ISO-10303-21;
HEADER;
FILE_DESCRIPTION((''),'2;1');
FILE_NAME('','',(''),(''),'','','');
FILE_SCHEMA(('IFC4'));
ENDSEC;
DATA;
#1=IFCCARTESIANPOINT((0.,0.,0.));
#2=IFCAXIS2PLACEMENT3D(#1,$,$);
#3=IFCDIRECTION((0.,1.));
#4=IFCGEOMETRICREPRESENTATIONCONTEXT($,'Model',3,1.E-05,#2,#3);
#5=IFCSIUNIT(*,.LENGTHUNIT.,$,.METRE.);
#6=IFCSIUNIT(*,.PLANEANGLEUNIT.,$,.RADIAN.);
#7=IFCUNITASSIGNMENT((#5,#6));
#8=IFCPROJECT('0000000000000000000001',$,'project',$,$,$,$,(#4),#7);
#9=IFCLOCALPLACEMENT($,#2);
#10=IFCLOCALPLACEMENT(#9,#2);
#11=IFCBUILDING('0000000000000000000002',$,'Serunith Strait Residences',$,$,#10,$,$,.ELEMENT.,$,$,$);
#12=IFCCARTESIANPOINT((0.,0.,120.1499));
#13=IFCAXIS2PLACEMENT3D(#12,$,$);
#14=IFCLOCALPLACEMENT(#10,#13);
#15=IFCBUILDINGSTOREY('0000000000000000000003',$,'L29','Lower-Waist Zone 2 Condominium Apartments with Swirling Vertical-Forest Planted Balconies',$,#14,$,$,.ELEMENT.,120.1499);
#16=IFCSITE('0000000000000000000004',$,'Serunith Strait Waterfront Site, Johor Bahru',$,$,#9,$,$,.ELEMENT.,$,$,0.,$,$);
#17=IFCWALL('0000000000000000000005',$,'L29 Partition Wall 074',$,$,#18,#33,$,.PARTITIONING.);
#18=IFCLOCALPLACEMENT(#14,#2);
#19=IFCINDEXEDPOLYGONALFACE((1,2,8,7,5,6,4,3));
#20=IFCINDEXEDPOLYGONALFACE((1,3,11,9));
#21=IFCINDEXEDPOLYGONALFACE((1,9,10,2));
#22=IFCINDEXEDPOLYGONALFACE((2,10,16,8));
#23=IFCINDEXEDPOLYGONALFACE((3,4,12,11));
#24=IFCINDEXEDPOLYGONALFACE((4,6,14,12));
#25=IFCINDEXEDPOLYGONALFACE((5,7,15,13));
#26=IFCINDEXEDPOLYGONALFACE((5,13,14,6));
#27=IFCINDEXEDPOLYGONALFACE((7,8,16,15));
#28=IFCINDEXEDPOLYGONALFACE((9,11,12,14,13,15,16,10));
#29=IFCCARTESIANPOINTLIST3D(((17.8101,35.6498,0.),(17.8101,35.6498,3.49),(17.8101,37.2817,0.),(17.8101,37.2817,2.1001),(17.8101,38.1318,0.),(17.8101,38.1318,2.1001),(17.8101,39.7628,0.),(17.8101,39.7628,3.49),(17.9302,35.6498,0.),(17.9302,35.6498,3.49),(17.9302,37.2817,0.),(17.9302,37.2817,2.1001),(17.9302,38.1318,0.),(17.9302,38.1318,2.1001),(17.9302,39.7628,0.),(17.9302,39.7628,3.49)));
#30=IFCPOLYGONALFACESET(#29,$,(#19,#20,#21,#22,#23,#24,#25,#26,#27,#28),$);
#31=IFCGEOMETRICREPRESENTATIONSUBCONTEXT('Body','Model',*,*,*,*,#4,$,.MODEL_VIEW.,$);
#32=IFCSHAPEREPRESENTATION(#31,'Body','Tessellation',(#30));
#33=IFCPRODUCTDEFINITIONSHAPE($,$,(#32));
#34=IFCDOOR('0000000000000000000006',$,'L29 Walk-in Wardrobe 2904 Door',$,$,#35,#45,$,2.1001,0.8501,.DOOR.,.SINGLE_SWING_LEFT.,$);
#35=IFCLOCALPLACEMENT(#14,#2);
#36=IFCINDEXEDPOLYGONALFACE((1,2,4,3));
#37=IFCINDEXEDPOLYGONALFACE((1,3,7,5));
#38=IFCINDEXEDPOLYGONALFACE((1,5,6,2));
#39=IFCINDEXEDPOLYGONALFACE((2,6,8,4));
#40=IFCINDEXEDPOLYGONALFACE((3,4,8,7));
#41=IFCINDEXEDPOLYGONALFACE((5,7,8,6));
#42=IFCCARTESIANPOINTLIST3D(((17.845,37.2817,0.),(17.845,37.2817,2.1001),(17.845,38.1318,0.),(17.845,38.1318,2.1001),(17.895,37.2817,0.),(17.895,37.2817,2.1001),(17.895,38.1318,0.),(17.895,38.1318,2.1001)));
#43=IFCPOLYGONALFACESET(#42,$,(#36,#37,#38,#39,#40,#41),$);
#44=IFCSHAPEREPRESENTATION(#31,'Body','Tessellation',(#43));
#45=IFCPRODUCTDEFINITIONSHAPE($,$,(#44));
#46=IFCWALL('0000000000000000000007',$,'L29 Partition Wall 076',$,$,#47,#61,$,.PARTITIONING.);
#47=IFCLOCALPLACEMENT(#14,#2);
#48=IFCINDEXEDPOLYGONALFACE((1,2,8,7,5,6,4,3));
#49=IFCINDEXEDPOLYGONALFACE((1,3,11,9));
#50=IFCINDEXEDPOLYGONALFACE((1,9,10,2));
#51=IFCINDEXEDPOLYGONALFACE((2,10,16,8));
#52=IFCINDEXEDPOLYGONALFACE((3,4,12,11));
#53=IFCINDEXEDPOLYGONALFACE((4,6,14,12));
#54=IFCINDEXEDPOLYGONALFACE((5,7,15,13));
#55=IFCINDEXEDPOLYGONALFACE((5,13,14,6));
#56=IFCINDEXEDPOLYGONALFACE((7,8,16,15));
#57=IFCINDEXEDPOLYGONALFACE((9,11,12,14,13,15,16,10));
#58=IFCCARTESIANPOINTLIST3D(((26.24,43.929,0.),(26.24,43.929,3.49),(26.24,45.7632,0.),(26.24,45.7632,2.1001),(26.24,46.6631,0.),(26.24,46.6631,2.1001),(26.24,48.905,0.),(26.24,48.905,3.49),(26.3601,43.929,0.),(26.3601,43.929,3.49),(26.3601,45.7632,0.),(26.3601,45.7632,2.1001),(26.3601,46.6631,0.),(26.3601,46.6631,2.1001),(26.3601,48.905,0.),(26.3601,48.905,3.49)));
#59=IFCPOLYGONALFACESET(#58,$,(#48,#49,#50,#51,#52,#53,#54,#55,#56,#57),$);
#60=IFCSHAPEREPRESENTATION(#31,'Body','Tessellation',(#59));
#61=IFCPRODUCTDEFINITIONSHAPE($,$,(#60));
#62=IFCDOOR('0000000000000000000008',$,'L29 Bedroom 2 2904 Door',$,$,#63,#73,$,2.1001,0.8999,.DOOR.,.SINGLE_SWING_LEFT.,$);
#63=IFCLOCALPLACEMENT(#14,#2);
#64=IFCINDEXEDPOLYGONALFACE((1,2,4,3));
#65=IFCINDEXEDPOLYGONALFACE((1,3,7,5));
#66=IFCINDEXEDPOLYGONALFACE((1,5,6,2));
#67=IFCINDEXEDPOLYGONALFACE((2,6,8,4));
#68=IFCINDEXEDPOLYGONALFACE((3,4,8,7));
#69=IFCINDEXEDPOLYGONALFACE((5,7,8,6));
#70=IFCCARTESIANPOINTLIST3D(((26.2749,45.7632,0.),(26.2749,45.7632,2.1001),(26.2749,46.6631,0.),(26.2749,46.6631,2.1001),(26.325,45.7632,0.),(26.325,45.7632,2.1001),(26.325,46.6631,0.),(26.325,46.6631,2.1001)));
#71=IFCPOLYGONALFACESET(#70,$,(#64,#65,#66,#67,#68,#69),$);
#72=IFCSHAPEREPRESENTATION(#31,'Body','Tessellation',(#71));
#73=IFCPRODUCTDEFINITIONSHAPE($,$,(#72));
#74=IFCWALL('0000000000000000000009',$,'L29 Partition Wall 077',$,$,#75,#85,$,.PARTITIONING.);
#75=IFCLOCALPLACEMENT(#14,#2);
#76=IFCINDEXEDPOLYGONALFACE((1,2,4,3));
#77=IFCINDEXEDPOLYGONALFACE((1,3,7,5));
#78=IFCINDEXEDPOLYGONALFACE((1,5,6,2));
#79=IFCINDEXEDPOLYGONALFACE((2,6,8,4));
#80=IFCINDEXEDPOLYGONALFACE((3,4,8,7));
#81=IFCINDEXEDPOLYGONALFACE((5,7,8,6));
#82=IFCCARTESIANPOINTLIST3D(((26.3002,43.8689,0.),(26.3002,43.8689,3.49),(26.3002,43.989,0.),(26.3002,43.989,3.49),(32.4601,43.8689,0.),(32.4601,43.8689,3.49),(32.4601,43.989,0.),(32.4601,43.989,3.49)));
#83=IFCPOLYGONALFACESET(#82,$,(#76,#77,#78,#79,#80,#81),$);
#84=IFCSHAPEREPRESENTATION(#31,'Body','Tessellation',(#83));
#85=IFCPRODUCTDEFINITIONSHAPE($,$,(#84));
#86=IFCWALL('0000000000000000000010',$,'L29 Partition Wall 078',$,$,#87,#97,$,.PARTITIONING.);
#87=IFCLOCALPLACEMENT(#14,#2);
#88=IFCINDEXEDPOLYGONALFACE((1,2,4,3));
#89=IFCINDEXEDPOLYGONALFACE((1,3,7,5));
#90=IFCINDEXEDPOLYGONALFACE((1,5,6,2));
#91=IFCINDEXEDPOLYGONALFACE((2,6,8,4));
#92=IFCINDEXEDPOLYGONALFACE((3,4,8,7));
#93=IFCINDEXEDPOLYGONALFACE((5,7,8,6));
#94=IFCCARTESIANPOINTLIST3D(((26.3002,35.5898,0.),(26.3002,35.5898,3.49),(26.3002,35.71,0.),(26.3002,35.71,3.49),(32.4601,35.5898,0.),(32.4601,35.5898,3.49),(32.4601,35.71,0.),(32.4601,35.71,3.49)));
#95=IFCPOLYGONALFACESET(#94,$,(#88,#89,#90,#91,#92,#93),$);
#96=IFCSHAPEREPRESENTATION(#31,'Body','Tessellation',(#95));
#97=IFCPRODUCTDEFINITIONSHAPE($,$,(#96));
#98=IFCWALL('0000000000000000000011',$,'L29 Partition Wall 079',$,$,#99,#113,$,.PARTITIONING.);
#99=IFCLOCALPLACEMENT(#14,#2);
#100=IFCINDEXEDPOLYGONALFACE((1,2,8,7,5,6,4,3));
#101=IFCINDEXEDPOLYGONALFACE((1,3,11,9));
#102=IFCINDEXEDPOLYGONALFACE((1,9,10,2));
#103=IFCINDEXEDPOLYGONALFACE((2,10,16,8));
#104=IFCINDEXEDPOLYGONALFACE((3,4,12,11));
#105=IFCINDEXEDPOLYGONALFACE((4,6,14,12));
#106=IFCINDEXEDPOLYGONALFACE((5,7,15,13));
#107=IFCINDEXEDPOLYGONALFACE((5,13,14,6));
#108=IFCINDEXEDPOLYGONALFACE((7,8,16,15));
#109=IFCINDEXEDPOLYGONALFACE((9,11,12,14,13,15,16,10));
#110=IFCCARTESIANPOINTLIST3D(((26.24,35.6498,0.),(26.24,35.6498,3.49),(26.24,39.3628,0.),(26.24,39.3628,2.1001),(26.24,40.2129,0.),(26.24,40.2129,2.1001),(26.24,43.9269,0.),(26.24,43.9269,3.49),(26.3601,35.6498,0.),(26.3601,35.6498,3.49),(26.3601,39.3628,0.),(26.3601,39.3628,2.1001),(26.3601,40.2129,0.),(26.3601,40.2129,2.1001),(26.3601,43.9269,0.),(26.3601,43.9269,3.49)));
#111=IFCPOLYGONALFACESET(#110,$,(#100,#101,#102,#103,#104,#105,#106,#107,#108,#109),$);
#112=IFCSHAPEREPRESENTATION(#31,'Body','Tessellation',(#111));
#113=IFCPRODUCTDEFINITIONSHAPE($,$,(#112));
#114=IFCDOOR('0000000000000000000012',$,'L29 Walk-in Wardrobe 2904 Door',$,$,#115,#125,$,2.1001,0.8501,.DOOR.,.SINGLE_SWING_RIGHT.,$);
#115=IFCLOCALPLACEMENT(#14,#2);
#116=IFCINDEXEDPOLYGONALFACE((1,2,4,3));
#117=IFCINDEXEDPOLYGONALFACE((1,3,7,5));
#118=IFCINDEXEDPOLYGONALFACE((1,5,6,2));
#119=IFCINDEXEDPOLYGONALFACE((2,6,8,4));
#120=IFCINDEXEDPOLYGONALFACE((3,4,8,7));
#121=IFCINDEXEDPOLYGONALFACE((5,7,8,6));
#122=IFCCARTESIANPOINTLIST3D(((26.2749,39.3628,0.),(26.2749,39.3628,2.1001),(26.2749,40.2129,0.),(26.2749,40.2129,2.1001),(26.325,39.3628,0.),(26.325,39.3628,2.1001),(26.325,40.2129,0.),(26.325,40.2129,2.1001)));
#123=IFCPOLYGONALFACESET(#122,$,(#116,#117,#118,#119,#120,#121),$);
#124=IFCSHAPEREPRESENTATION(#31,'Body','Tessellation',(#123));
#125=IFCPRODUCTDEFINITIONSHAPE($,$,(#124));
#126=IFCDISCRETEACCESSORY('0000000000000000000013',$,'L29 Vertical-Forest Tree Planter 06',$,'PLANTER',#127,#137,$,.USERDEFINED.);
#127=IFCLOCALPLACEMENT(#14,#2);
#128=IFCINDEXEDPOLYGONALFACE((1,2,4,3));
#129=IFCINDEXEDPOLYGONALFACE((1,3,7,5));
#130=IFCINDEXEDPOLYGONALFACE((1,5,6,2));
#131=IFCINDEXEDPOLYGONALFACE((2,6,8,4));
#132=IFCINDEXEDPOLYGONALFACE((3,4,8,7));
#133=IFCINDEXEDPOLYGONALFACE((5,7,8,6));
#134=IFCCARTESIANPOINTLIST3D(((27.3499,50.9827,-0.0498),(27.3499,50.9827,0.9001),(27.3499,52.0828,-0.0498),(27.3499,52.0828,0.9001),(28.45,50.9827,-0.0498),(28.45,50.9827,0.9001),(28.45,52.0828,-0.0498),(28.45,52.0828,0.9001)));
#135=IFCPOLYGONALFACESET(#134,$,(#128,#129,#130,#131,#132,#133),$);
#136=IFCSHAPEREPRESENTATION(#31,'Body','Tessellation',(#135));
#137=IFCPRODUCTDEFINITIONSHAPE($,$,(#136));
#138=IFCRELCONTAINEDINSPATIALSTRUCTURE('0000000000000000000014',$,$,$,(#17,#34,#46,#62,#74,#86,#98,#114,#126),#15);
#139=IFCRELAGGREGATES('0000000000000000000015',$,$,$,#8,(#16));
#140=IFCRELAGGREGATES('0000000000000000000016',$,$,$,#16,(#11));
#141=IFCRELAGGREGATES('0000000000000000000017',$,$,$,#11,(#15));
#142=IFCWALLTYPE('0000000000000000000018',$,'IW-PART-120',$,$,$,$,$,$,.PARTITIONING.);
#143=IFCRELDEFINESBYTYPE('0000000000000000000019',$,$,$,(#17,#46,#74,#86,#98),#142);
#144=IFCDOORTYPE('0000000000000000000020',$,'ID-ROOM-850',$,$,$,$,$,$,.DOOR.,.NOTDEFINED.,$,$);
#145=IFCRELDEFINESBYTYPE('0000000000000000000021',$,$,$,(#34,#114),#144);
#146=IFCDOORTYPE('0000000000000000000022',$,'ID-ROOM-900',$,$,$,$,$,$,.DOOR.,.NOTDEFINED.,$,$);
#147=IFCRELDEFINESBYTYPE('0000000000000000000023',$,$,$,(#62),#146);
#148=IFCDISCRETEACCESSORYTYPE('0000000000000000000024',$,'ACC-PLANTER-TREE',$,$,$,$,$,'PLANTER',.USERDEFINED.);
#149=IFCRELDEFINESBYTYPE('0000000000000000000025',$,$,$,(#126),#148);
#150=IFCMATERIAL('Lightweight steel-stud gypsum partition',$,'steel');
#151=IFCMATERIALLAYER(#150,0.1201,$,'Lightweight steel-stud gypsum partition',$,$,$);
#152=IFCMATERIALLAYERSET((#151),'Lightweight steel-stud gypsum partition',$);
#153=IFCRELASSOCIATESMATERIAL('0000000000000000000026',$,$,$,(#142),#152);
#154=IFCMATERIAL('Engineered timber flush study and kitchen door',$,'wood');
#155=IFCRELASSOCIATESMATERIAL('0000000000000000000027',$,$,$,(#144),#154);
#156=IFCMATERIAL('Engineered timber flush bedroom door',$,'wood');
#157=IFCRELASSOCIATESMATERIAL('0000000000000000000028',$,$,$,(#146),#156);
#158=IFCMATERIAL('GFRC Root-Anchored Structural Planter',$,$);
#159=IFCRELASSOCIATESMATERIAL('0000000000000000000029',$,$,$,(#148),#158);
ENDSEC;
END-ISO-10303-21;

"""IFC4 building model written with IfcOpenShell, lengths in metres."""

from ifc_helpers import new_model, si_unit, direction, frame, frame_2d, origin, origin_2d, place, context, subcontext, project, spatial, rectangle, extrude, source, transform, mapped, material, layer, layer_set, type_object, element, fill, save


model = new_model("IFC4")

# Units and contexts
model_context = context("Model", 3, precision=1e-05, world=origin(), true_north=direction((0.0, 1.0)))
body_context = subcontext(model_context, "Body", "Model", "MODEL_VIEW")
ifc_project = project(units=[si_unit("LENGTHUNIT", "METRE"), si_unit("PLANEANGLEUNIT", "RADIAN")], contexts=[model_context])

# Site, building, storey
site_placement = place(None, origin())
site = spatial("IfcSite", under=ifc_project, at=site_placement, Name="Serunith Strait Waterfront Site, Johor Bahru", CompositionType="ELEMENT", RefElevation=0.0)
building_placement = place(site_placement, origin())
building = spatial("IfcBuilding", under=site, at=building_placement, Name="Serunith Strait Residences", CompositionType="ELEMENT")
storey_placement = place(building_placement, frame((0.0, 0.0, 120.1499)))
storey = spatial("IfcBuildingStorey", under=building, at=storey_placement, Name="L29", Description="Lower-Waist Zone 2 Condominium Apartments with Swirling Vertical-Forest Planted Balconies", CompositionType="ELEMENT", Elevation=120.1499)

# Shared definitions
ifc_material_1 = material(Name="Lightweight steel-stud gypsum partition", Category="steel")
ifc_layer_1 = layer(ifc_material_1, 0.1201, Name="Lightweight steel-stud gypsum partition")
ifc_layer_set_1 = layer_set([ifc_layer_1], Name="Lightweight steel-stud gypsum partition")
wall_type = type_object("IfcWallType", Name="IW-PART-120", PredefinedType="PARTITIONING", material=ifc_layer_set_1)
ifc_material_2 = material(Name="Engineered timber flush study and kitchen door", Category="wood")
door_type_1 = type_object("IfcDoorType", Name="ID-ROOM-850", OperationType="NOTDEFINED", PredefinedType="DOOR", material=ifc_material_2)
shared_shape_1 = source(origin(), body_context, "Body", "SweptSolid", [
    extrude(rectangle(XDim=0.8501, YDim=2.1001, at=frame_2d((0.425, 1.05))), frame((0.0, 0.0249, 0.0), z_axis=(0.0, -1.0, 0.0), x_axis=(1.0, 0.0, 0.0)), (0.0, 0.0, 1.0), 0.05),
])

# Walls, openings, doors
ifc_material_3 = material(Name="Engineered timber flush bedroom door", Category="wood")
door_type_2 = type_object("IfcDoorType", Name="ID-ROOM-900", OperationType="NOTDEFINED", PredefinedType="DOOR", material=ifc_material_3)
shared_shape_2 = source(origin(), body_context, "Body", "SweptSolid", [
    extrude(rectangle(XDim=0.8999, YDim=2.1001, at=frame_2d((0.45, 1.05))), frame((0.0, 0.0249, 0.0), z_axis=(0.0, -1.0, 0.0), x_axis=(1.0, 0.0, 0.0)), (0.0, 0.0, 1.0), 0.05),
])
wall_1_placement = place(storey_placement, frame((17.8701, 39.7629, 0.0), z_axis=(0.0, 0.0, 1.0), x_axis=(0.0, -1.0, 0.0)))
wall_1 = element("IfcWall", 1, at=wall_1_placement, inside=storey, type_object=wall_type, Name="L29 Partition Wall 074", PredefinedType="PARTITIONING", context=body_context, shape_type="SweptSolid", body=[
    extrude(rectangle(XDim=4.113, YDim=0.1201, at=frame_2d((2.0566, 0.0))), origin(), (0.0, 0.0, 1.0), 3.49),
])
opening_1_placement = place(wall_1_placement, frame((1.6311, 0.0, 0.0)))
opening_1 = element("IfcOpeningElement", 2, at=opening_1_placement, cuts=wall_1, PredefinedType="OPENING", context=body_context, shape_type="SweptSolid", body=[
    extrude(rectangle(XDim=0.8501, YDim=2.1001, at=frame_2d((0.425, 1.05))), frame((0.0, 0.0701, 0.0), z_axis=(0.0, -1.0, 0.0), x_axis=(1.0, 0.0, 0.0)), (0.0, 0.0, 1.0), 0.1401),
])
door_1_placement = place(opening_1_placement, origin())
door_1 = element("IfcDoor", 3, at=door_1_placement, inside=storey, type_object=door_type_1, Name="L29 Walk-in Wardrobe 2904 Door", OperationType="SINGLE_SWING_LEFT", OverallHeight=2.1001, OverallWidth=0.8501, PredefinedType="DOOR", context=body_context, shape_type="MappedRepresentation", body=[
    mapped(shared_shape_1, transform((0.0, 0.0, 0.0), scale=1.0)),
])
fill(opening_1, door_1)
wall_2_placement = place(storey_placement, frame((26.3, 48.905, 0.0), z_axis=(0.0, 0.0, 1.0), x_axis=(0.0, -1.0, 0.0)))
wall_2 = element("IfcWall", 4, at=wall_2_placement, inside=storey, type_object=wall_type, Name="L29 Partition Wall 076", PredefinedType="PARTITIONING", context=body_context, shape_type="SweptSolid", body=[
    extrude(rectangle(XDim=4.9761, YDim=0.1201, at=frame_2d((2.488, 0.0))), origin(), (0.0, 0.0, 1.0), 3.49),
])
opening_2_placement = place(wall_2_placement, frame((2.2419, 0.0, 0.0)))
opening_2 = element("IfcOpeningElement", 5, at=opening_2_placement, cuts=wall_2, PredefinedType="OPENING", context=body_context, shape_type="SweptSolid", body=[
    extrude(rectangle(XDim=0.8999, YDim=2.1001, at=frame_2d((0.45, 1.05))), frame((0.0, 0.0701, 0.0), z_axis=(0.0, -1.0, 0.0), x_axis=(1.0, 0.0, 0.0)), (0.0, 0.0, 1.0), 0.1401),
])
door_2_placement = place(opening_2_placement, origin())
door_2 = element("IfcDoor", 6, at=door_2_placement, inside=storey, type_object=door_type_2, Name="L29 Bedroom 2 2904 Door", OperationType="SINGLE_SWING_LEFT", OverallHeight=2.1001, OverallWidth=0.8999, PredefinedType="DOOR", context=body_context, shape_type="MappedRepresentation", body=[
    mapped(shared_shape_2, transform((0.0, 0.0, 0.0), scale=1.0)),
])
fill(opening_2, door_2)

# Walls
for number, where, z_axis, x_axis, name in (
    (7, (26.3, 43.929, 0.0), (0.0, 0.0, 1.0), (1.0, 0.0, 0.0), "L29 Partition Wall 077"),
    (8, (26.3, 35.6499, 0.0), (0.0, 0.0, 1.0), (1.0, 0.0, 0.0), "L29 Partition Wall 078"),
):
    element("IfcWall", number, at=place(storey_placement, frame(where, z_axis=z_axis, x_axis=x_axis)), inside=storey, type_object=wall_type, Name=name, PredefinedType="PARTITIONING", context=body_context, shape_type="SweptSolid", body=[
        extrude(rectangle(XDim=6.1599, YDim=0.1201, at=frame_2d((3.0801, 0.0))), origin(), (0.0, 0.0, 1.0), 3.49),
    ])

# Wall, opening, door
wall_3_placement = place(storey_placement, frame((26.3, 43.927, 0.0), z_axis=(0.0, 0.0, 1.0), x_axis=(0.0, -1.0, 0.0)))
wall_3 = element("IfcWall", 9, at=wall_3_placement, inside=storey, type_object=wall_type, Name="L29 Partition Wall 079", PredefinedType="PARTITIONING", context=body_context, shape_type="SweptSolid", body=[
    extrude(rectangle(XDim=8.2771, YDim=0.1201, at=frame_2d((4.1387, 0.0))), origin(), (0.0, 0.0, 1.0), 3.49),
])
opening_3_placement = place(wall_3_placement, frame((3.7141, 0.0, 0.0)))
opening_3 = element("IfcOpeningElement", 10, at=opening_3_placement, cuts=wall_3, PredefinedType="OPENING", context=body_context, shape_type="SweptSolid", body=[
    extrude(rectangle(XDim=0.8501, YDim=2.1001, at=frame_2d((0.425, 1.05))), frame((0.0, 0.0701, 0.0), z_axis=(0.0, -1.0, 0.0), x_axis=(1.0, 0.0, 0.0)), (0.0, 0.0, 1.0), 0.1401),
])
door_3_placement = place(opening_3_placement, origin())
door_3 = element("IfcDoor", 11, at=door_3_placement, inside=storey, type_object=door_type_1, Name="L29 Walk-in Wardrobe 2904 Door", OperationType="SINGLE_SWING_RIGHT", OverallHeight=2.1001, OverallWidth=0.8501, PredefinedType="DOOR", context=body_context, shape_type="MappedRepresentation", body=[
    mapped(shared_shape_1, transform((0.0, 0.0, 0.0), scale=1.0)),
])
fill(opening_3, door_3)

# Discrete accessory
ifc_material_4 = material(Name="GFRC Root-Anchored Structural Planter")
discrete_accessory_type = type_object("IfcDiscreteAccessoryType", Name="ACC-PLANTER-TREE", ElementType="PLANTER", PredefinedType="USERDEFINED", material=ifc_material_4)
shared_shape_3 = source(origin(), body_context, "Body", "SweptSolid", [
    extrude(rectangle(XDim=1.1001, YDim=1.1001, at=origin_2d()), origin(), (0.0, 0.0, 1.0), 0.95),
])
discrete_accessory_placement = place(storey_placement, frame((27.8999, 51.5327, -0.0498), z_axis=(0.0, 0.0, 1.0), x_axis=(-1.0, 0.0, 0.0)))
element("IfcDiscreteAccessory", 12, at=discrete_accessory_placement, inside=storey, type_object=discrete_accessory_type, Name="L29 Vertical-Forest Tree Planter 06", ObjectType="PLANTER", PredefinedType="USERDEFINED", context=body_context, shape_type="MappedRepresentation", body=[
    mapped(shared_shape_3, transform((0.0, 0.0, 0.0), scale=1.0)),
])

save(model, "model.ifc")
